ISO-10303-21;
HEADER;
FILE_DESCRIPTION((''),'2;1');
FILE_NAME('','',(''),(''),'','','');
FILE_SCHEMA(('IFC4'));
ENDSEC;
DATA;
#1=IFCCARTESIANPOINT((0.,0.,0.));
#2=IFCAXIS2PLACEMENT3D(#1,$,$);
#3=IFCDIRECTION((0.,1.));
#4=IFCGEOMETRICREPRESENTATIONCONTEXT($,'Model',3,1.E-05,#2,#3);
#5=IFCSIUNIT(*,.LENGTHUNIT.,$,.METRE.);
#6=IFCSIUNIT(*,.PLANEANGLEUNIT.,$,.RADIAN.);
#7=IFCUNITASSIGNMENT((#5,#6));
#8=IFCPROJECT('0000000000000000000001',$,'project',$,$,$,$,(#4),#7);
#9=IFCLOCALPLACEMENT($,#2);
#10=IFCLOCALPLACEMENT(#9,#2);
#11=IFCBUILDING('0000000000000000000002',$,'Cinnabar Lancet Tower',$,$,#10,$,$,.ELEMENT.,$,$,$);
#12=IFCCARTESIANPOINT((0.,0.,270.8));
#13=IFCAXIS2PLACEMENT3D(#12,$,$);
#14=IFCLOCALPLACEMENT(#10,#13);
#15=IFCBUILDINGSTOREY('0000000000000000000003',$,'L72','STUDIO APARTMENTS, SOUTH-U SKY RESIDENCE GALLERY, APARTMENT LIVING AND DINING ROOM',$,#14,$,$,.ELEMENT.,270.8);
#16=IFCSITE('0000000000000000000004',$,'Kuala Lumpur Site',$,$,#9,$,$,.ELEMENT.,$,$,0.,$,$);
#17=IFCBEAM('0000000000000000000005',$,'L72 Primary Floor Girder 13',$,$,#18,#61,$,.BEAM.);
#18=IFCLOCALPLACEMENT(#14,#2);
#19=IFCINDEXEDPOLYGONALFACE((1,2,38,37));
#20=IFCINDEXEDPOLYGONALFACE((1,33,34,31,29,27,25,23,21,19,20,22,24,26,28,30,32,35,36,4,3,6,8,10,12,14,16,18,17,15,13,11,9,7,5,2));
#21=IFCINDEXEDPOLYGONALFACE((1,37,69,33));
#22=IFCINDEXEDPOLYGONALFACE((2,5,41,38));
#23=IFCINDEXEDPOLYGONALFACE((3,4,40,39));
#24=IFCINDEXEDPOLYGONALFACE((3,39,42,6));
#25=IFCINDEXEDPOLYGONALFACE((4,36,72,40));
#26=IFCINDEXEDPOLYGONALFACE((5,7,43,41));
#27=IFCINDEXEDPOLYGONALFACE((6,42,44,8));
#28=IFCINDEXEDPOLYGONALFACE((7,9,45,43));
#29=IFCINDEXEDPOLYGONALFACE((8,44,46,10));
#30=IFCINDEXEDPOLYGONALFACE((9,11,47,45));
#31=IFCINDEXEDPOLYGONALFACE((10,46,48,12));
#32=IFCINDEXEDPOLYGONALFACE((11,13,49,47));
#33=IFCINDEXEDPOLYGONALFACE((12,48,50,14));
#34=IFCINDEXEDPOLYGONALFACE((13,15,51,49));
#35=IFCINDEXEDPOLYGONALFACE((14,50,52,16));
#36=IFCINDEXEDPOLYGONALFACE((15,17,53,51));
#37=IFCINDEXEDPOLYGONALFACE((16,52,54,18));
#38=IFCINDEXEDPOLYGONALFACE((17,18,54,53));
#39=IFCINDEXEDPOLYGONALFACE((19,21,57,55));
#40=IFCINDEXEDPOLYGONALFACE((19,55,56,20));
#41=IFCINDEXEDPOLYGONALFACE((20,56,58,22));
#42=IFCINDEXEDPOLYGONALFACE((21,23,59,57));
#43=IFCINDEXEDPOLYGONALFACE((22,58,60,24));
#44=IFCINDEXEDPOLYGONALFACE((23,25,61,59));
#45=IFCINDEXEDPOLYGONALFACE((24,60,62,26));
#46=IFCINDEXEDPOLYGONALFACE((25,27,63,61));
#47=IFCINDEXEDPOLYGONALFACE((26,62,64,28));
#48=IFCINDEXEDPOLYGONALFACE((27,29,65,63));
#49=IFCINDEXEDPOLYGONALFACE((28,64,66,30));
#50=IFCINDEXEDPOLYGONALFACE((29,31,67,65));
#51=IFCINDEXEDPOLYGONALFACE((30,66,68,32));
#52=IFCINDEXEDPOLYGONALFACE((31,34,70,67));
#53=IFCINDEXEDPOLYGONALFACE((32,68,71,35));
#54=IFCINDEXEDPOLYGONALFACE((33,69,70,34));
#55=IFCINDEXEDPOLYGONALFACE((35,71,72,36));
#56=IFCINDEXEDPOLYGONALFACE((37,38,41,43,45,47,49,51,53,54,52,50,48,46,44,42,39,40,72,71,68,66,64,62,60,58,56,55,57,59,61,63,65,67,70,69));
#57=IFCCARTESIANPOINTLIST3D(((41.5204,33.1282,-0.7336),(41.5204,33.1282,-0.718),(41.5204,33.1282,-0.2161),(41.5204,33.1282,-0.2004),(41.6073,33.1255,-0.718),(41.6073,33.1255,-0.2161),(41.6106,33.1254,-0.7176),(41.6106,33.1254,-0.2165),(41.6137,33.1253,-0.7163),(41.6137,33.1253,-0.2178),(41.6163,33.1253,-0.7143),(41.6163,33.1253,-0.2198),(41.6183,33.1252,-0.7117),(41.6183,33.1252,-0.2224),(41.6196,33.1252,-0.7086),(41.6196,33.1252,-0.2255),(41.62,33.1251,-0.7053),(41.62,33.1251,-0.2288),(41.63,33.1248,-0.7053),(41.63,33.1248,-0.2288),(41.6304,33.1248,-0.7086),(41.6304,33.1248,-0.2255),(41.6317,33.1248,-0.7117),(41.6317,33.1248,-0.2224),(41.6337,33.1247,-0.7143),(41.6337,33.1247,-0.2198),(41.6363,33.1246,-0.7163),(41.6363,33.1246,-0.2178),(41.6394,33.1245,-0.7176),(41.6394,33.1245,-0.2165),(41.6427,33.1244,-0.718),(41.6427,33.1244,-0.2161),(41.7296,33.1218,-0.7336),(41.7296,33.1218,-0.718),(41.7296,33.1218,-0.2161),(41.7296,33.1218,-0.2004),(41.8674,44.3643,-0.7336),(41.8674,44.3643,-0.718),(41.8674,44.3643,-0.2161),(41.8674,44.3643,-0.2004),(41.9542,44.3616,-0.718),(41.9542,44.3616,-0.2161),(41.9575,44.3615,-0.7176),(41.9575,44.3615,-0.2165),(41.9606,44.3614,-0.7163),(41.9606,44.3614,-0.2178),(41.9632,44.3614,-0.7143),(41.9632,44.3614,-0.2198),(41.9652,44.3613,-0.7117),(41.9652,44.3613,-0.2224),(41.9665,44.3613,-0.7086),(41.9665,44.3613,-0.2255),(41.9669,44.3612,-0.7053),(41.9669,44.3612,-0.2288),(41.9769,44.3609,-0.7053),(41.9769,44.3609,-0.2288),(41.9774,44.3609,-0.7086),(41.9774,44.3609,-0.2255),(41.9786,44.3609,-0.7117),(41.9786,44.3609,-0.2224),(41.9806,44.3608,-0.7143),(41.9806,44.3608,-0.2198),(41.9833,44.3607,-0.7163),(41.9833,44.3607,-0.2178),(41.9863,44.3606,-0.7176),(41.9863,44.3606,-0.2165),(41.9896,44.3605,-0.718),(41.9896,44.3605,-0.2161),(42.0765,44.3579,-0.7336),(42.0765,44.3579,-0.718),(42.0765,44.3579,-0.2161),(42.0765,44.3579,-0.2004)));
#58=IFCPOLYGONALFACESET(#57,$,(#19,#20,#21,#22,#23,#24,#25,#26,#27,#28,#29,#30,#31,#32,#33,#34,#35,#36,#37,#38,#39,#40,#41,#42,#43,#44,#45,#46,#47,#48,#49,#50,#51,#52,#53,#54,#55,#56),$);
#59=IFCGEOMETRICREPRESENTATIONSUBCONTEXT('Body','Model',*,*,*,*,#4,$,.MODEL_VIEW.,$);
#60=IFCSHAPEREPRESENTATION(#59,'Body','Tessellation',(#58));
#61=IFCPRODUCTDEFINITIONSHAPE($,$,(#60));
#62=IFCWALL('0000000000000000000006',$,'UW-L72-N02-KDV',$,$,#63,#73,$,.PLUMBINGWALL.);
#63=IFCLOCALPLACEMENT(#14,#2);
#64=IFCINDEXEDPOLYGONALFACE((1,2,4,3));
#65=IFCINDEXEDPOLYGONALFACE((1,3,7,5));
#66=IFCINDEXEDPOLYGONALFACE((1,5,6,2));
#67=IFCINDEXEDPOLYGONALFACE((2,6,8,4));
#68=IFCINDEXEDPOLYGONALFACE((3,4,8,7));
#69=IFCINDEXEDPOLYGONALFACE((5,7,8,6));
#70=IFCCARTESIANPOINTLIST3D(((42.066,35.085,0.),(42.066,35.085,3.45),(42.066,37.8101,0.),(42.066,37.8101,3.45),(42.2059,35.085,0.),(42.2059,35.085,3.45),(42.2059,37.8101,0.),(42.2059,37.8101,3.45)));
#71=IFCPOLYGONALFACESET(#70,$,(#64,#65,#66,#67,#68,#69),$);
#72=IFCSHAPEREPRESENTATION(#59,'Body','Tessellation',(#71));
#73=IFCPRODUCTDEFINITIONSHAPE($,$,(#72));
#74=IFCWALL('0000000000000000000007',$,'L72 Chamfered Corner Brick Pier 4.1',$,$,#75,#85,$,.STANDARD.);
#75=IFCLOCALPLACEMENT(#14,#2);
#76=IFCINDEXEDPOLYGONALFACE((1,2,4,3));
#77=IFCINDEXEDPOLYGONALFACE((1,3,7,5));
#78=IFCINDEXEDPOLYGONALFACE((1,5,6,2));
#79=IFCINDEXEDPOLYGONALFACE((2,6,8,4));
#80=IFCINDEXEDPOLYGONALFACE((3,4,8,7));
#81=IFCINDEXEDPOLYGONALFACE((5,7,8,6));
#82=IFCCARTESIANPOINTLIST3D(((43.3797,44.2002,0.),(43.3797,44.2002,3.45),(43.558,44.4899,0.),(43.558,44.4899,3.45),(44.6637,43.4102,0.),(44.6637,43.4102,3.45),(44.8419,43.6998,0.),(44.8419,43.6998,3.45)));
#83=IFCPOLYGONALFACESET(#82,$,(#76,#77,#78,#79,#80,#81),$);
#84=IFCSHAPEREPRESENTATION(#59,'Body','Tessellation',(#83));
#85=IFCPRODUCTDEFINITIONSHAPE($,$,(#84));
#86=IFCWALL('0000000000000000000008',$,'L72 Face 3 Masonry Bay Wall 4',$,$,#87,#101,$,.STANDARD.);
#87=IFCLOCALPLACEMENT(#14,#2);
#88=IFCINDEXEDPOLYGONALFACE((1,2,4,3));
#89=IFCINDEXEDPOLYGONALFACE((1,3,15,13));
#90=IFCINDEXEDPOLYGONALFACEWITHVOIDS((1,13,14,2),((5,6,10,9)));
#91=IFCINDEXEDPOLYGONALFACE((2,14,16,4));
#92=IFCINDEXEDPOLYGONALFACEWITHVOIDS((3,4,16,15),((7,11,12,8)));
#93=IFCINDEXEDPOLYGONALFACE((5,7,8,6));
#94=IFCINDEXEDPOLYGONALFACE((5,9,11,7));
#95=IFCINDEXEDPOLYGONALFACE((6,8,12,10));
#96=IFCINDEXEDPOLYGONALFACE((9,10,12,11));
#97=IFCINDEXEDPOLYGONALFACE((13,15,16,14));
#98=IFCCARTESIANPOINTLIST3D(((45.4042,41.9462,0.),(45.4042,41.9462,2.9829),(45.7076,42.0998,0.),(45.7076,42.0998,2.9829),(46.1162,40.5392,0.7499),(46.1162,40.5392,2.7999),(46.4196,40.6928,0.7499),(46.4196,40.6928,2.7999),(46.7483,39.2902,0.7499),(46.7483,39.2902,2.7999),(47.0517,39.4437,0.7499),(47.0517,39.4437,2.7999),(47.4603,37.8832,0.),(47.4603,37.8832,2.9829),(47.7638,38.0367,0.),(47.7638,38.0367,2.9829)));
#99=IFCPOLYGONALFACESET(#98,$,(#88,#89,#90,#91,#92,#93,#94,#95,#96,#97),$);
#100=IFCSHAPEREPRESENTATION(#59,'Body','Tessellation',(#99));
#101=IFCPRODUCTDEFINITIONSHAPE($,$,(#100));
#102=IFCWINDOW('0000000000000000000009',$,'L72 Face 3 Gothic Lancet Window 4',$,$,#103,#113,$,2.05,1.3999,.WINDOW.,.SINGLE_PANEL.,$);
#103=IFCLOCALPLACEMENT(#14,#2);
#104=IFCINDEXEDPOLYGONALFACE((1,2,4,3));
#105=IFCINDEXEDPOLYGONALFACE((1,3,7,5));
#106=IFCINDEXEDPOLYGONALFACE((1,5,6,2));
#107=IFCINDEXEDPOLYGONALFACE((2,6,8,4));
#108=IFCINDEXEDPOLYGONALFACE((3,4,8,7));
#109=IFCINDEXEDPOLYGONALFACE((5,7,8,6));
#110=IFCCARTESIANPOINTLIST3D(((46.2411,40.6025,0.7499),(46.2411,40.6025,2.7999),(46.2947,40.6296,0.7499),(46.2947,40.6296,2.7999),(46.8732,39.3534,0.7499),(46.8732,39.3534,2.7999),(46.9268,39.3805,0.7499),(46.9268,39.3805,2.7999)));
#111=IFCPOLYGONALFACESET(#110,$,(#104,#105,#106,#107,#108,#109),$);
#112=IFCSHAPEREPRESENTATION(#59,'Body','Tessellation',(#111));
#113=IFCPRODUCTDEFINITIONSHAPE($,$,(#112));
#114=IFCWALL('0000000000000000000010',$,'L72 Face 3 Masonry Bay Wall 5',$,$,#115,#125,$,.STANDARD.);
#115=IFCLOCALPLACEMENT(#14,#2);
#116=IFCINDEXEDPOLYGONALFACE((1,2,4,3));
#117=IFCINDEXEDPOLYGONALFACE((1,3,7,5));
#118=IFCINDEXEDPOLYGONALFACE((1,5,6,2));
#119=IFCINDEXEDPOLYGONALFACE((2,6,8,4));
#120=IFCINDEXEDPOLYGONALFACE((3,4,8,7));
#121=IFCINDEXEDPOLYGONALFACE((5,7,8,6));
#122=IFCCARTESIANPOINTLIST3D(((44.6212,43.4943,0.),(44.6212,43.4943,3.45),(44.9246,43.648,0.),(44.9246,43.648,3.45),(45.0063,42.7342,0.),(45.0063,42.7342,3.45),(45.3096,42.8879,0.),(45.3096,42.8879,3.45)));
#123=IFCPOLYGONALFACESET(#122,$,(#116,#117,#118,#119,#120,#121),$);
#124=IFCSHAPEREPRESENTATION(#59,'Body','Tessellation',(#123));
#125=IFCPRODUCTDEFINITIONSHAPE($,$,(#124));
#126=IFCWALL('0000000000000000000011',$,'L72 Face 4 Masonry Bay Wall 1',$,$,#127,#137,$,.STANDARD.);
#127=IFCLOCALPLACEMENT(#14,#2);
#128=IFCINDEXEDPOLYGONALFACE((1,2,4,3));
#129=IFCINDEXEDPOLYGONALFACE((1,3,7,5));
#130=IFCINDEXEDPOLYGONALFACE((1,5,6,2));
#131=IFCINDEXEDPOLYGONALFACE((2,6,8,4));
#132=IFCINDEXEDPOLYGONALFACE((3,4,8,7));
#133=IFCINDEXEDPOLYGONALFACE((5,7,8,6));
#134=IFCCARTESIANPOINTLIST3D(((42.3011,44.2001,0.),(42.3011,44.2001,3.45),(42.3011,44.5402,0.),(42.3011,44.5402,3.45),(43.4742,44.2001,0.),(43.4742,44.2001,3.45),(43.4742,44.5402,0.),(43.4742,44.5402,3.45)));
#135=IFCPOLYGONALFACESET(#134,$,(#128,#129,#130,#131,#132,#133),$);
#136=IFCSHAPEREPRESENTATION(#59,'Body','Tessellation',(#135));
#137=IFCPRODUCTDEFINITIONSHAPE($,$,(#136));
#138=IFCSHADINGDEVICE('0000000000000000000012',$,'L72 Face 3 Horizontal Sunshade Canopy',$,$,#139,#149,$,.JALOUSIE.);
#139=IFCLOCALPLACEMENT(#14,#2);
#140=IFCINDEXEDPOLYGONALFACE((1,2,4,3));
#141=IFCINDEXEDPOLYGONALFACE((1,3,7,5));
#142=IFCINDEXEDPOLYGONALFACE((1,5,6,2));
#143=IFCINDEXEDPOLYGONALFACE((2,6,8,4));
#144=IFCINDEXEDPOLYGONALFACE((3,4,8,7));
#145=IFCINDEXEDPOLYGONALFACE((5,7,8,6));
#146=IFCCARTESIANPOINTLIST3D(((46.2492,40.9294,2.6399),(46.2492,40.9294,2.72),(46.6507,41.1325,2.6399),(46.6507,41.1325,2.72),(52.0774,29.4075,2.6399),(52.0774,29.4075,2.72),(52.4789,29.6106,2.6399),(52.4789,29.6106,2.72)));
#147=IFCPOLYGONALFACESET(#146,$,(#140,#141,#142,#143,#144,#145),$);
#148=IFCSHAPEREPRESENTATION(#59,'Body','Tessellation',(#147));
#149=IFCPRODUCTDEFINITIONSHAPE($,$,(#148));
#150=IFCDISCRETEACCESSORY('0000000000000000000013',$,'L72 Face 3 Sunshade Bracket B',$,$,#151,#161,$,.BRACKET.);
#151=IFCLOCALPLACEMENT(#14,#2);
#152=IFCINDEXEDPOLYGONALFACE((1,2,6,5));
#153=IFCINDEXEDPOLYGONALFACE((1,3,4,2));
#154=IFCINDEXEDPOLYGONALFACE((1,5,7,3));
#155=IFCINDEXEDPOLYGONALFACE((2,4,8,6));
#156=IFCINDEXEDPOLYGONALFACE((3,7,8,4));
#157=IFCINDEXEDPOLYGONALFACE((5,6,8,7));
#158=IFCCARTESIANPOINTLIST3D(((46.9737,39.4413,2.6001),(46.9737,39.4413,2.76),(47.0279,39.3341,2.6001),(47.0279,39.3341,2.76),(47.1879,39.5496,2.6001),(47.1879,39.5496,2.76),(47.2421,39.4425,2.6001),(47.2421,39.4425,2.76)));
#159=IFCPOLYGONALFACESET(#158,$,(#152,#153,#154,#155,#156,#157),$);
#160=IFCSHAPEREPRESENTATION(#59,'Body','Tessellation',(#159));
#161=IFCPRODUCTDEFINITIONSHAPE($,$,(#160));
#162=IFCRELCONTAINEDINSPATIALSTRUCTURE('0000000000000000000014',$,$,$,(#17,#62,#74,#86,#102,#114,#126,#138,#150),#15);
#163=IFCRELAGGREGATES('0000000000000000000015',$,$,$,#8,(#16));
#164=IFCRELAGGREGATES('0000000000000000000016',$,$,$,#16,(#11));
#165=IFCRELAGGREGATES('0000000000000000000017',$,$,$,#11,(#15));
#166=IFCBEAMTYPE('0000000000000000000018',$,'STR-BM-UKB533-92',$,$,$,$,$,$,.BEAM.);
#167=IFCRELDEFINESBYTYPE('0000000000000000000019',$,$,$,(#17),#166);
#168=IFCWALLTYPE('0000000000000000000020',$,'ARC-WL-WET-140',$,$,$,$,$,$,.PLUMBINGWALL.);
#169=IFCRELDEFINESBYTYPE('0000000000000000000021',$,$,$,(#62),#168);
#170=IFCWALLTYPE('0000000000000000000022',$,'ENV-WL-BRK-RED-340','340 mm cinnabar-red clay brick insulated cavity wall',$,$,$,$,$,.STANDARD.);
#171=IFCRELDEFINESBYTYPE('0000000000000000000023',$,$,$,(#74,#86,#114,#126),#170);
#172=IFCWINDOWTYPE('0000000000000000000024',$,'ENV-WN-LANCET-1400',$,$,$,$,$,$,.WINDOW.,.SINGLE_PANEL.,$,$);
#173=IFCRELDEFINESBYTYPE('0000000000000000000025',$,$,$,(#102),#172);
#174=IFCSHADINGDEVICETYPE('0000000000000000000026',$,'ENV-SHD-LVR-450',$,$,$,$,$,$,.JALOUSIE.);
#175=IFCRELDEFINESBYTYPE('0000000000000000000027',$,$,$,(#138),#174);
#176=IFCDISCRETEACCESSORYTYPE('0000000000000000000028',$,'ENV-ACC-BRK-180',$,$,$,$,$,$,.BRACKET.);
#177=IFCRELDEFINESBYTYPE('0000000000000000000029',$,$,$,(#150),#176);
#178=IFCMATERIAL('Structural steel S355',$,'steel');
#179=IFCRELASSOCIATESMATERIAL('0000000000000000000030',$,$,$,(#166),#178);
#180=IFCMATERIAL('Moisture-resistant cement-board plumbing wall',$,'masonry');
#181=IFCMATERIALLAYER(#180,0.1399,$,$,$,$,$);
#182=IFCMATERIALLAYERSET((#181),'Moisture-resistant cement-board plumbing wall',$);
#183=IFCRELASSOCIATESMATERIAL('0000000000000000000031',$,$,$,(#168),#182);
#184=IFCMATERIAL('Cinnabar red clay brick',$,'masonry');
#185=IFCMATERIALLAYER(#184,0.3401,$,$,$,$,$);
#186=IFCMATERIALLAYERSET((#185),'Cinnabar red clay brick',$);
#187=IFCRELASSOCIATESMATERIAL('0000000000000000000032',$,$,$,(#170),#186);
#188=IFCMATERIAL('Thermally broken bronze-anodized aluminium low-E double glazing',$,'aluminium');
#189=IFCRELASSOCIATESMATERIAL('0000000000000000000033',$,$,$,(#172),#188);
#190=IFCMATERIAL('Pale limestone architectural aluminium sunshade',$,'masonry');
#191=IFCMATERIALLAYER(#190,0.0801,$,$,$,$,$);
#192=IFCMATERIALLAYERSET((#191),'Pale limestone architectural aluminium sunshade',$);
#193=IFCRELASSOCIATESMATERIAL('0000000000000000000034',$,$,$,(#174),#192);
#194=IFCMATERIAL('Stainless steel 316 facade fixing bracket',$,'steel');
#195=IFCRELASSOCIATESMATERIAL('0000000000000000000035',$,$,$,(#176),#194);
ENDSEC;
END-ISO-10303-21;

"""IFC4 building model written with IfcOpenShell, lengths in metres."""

from ifc_helpers import new_model, si_unit, direction, frame, frame_2d, origin, origin_2d, place, context, subcontext, project, spatial, rectangle, i_section, extrude, material, layer, layer_set, material_profile, profile_set, type_object, element, fill, save


model = new_model("IFC4")

# Units and contexts
model_context = context("Model", 3, precision=1e-05, world=origin(), true_north=direction((0.0, 1.0)))
body_context = subcontext(model_context, "Body", "Model", "MODEL_VIEW")
ifc_project = project(units=[si_unit("LENGTHUNIT", "METRE"), si_unit("PLANEANGLEUNIT", "RADIAN")], contexts=[model_context])

# Site, building, storey
site_placement = place(None, origin())
site = spatial("IfcSite", under=ifc_project, at=site_placement, Name="Kuala Lumpur Site", CompositionType="ELEMENT", RefElevation=0.0)
building_placement = place(site_placement, origin())
building = spatial("IfcBuilding", under=site, at=building_placement, Name="Cinnabar Lancet Tower", CompositionType="ELEMENT")
storey_placement = place(building_placement, frame((0.0, 0.0, 270.8)))
storey = spatial("IfcBuildingStorey", under=building, at=storey_placement, Name="L72", Description="STUDIO APARTMENTS, SOUTH-U SKY RESIDENCE GALLERY, APARTMENT LIVING AND DINING ROOM", CompositionType="ELEMENT", Elevation=270.8)

# Beam
ifc_material_1 = material(Name="Structural steel S355", Category="steel")
ifc_material_profile_1 = material_profile(ifc_material_1, i_section(OverallWidth=0.2092, OverallDepth=0.5332, WebThickness=0.01, FlangeThickness=0.0156, FilletRadius=0.0127, at=origin_2d()), Name="UKB 533x210x92")
ifc_profile_set_1 = profile_set([ifc_material_profile_1], Name="Structural steel S355")
beam_type_1 = type_object("IfcBeamType", Name="STR-BM-UKB533-92", PredefinedType="BEAM", material=ifc_profile_set_1)
beam_1_placement = place(storey_placement, frame((41.9719, 44.3611, -0.467), z_axis=(-0.030861, -0.999524, 0.0), x_axis=(0.999524, -0.030861, 0.0)))
element("IfcBeam", 1, at=beam_1_placement, inside=storey, type_object=beam_type_1, Name="L72 Primary Floor Girder 13", PredefinedType="BEAM", context=body_context, shape_type="SweptSolid", body=[
    extrude(i_section(OverallWidth=0.2092, OverallDepth=0.5332, WebThickness=0.01, FlangeThickness=0.0156, FilletRadius=0.0127, at=origin_2d()), origin(), (0.0, 0.0, 1.0), 11.2415),
])

# Walls
ifc_material_2 = material(Name="Moisture-resistant cement-board plumbing wall", Category="masonry")
ifc_layer_1 = layer(ifc_material_2, 0.1399)
ifc_layer_set_1 = layer_set([ifc_layer_1], Name="Moisture-resistant cement-board plumbing wall")
wall_type_1 = type_object("IfcWallType", Name="ARC-WL-WET-140", PredefinedType="PLUMBINGWALL", material=ifc_layer_set_1)
wall_1_placement = place(storey_placement, frame((42.136, 35.085, 0.0), z_axis=(0.0, 0.0, 1.0), x_axis=(0.0, 1.0, 0.0)))
element("IfcWall", 2, at=wall_1_placement, inside=storey, type_object=wall_type_1, Name="UW-L72-N02-KDV", PredefinedType="PLUMBINGWALL", context=body_context, shape_type="SweptSolid", body=[
    extrude(rectangle(XDim=2.7251, YDim=0.1399, at=frame_2d((1.3625, 0.0))), origin(), (0.0, 0.0, 1.0), 3.45),
])
ifc_material_3 = material(Name="Cinnabar red clay brick", Category="masonry")
ifc_layer_2 = layer(ifc_material_3, 0.3401)
ifc_layer_set_2 = layer_set([ifc_layer_2], Name="Cinnabar red clay brick")
wall_type_2 = type_object("IfcWallType", Name="ENV-WL-BRK-RED-340", Description="340 mm cinnabar-red clay brick insulated cavity wall", PredefinedType="STANDARD", material=ifc_layer_set_2)
wall_2_placement = place(storey_placement, frame((44.7529, 43.5549, 0.0), z_axis=(0.0, 0.0, 1.0), x_axis=(-0.851681, 0.524061, 0.0)))
element("IfcWall", 3, at=wall_2_placement, inside=storey, type_object=wall_type_2, Name="L72 Chamfered Corner Brick Pier 4.1", PredefinedType="STANDARD", context=body_context, shape_type="SweptSolid", body=[
    extrude(rectangle(XDim=1.5076, YDim=0.3401, at=frame_2d((0.7539, 0.0))), origin(), (0.0, 0.0, 1.0), 3.45),
])

# Wall, opening, window
wall_3_placement = place(storey_placement, frame((47.6121, 37.96, 0.0), z_axis=(0.0, 0.0, 1.0), x_axis=(-0.45154, 0.892251, 0.0)))
wall_3 = element("IfcWall", 4, at=wall_3_placement, inside=storey, type_object=wall_type_2, Name="L72 Face 3 Masonry Bay Wall 4", PredefinedType="STANDARD", context=body_context, shape_type="SweptSolid", body=[
    extrude(rectangle(XDim=4.5537, YDim=0.3401, at=frame_2d((2.2769, 0.0))), origin(), (0.0, 0.0, 1.0), 2.9829),
])
opening_placement = place(wall_3_placement, frame((1.5769, 0.0, 0.75)))
opening = element("IfcOpeningElement", 5, at=opening_placement, cuts=wall_3, PredefinedType="OPENING", context=body_context, shape_type="SweptSolid", body=[
    extrude(rectangle(XDim=1.3999, YDim=2.05, at=frame_2d((0.7, 1.0249))), frame((0.0, 0.1799, 0.0), z_axis=(0.0, -1.0, 0.0), x_axis=(1.0, 0.0, 0.0)), (0.0, 0.0, 1.0), 0.3601),
])
ifc_material_4 = material(Name="Thermally broken bronze-anodized aluminium low-E double glazing", Category="aluminium")
window_type = type_object("IfcWindowType", Name="ENV-WN-LANCET-1400", PartitioningType="SINGLE_PANEL", PredefinedType="WINDOW", material=ifc_material_4)
window_placement = place(opening_placement, origin())
window = element("IfcWindow", 6, at=window_placement, inside=storey, type_object=window_type, Name="L72 Face 3 Gothic Lancet Window 4", OverallHeight=2.05, OverallWidth=1.3999, PartitioningType="SINGLE_PANEL", PredefinedType="WINDOW", context=body_context, shape_type="SweptSolid", body=[
    extrude(rectangle(XDim=1.3999, YDim=2.05, at=frame_2d((0.7, 1.0249))), frame((0.0, 0.03, 0.0), z_axis=(0.0, -1.0, 0.0), x_axis=(1.0, 0.0, 0.0)), (0.0, 0.0, 1.0), 0.0601),
])
fill(opening, window)

# Walls
wall_4_placement = place(storey_placement, frame((45.158, 42.811, 0.0), z_axis=(0.0, 0.0, 1.0), x_axis=(-0.451907, 0.892065, 0.0)))
element("IfcWall", 7, at=wall_4_placement, inside=storey, type_object=wall_type_2, Name="L72 Face 3 Masonry Bay Wall 5", PredefinedType="STANDARD", context=body_context, shape_type="SweptSolid", body=[
    extrude(rectangle(XDim=0.8521, YDim=0.3401, at=frame_2d((0.426, 0.0))), origin(), (0.0, 0.0, 1.0), 3.45),
])
wall_5_placement = place(storey_placement, frame((43.4741, 44.3701, 0.0), z_axis=(0.0, 0.0, 1.0), x_axis=(-1.0, 0.0, 0.0)))
element("IfcWall", 8, at=wall_5_placement, inside=storey, type_object=wall_type_2, Name="L72 Face 4 Masonry Bay Wall 1", PredefinedType="STANDARD", context=body_context, shape_type="SweptSolid", body=[
    extrude(rectangle(XDim=1.1731, YDim=0.3401, at=frame_2d((0.5864, 0.0))), origin(), (0.0, 0.0, 1.0), 3.45),
])

# Shading device
ifc_material_5 = material(Name="Pale limestone architectural aluminium sunshade", Category="masonry")
ifc_layer_3 = layer(ifc_material_5, 0.0801)
ifc_layer_set_3 = layer_set([ifc_layer_3], Name="Pale limestone architectural aluminium sunshade")
shading_device_type = type_object("IfcShadingDeviceType", Name="ENV-SHD-LVR-450", PredefinedType="JALOUSIE", material=ifc_layer_set_3)
shading_device_placement = place(storey_placement, frame((49.364, 35.27, 2.6399), z_axis=(0.0, 0.0, 1.0), x_axis=(-0.451376, 0.892334, 0.0)))
element("IfcShadingDevice", 9, at=shading_device_placement, inside=storey, type_object=shading_device_type, Name="L72 Face 3 Horizontal Sunshade Canopy", PredefinedType="JALOUSIE", context=body_context, shape_type="SweptSolid", body=[
    extrude(rectangle(XDim=12.9121, YDim=0.45, at=origin_2d()), origin(), (0.0, 0.0, 1.0), 0.0801),
])

# Discrete accessory
ifc_material_6 = material(Name="Stainless steel 316 facade fixing bracket", Category="steel")
discrete_accessory_type = type_object("IfcDiscreteAccessoryType", Name="ENV-ACC-BRK-180", PredefinedType="BRACKET", material=ifc_material_6)
discrete_accessory_placement = place(storey_placement, frame((47.1079, 39.4419, 2.6001), z_axis=(0.0, 0.0, 1.0), x_axis=(-0.451376, 0.892334, 0.0)))
element("IfcDiscreteAccessory", 10, at=discrete_accessory_placement, inside=storey, type_object=discrete_accessory_type, Name="L72 Face 3 Sunshade Bracket B", PredefinedType="BRACKET", context=body_context, shape_type="SweptSolid", body=[
    extrude(rectangle(XDim=0.1201, YDim=0.24, at=origin_2d()), origin(), (0.0, 0.0, 1.0), 0.1599),
])

save(model, "model.ifc")
